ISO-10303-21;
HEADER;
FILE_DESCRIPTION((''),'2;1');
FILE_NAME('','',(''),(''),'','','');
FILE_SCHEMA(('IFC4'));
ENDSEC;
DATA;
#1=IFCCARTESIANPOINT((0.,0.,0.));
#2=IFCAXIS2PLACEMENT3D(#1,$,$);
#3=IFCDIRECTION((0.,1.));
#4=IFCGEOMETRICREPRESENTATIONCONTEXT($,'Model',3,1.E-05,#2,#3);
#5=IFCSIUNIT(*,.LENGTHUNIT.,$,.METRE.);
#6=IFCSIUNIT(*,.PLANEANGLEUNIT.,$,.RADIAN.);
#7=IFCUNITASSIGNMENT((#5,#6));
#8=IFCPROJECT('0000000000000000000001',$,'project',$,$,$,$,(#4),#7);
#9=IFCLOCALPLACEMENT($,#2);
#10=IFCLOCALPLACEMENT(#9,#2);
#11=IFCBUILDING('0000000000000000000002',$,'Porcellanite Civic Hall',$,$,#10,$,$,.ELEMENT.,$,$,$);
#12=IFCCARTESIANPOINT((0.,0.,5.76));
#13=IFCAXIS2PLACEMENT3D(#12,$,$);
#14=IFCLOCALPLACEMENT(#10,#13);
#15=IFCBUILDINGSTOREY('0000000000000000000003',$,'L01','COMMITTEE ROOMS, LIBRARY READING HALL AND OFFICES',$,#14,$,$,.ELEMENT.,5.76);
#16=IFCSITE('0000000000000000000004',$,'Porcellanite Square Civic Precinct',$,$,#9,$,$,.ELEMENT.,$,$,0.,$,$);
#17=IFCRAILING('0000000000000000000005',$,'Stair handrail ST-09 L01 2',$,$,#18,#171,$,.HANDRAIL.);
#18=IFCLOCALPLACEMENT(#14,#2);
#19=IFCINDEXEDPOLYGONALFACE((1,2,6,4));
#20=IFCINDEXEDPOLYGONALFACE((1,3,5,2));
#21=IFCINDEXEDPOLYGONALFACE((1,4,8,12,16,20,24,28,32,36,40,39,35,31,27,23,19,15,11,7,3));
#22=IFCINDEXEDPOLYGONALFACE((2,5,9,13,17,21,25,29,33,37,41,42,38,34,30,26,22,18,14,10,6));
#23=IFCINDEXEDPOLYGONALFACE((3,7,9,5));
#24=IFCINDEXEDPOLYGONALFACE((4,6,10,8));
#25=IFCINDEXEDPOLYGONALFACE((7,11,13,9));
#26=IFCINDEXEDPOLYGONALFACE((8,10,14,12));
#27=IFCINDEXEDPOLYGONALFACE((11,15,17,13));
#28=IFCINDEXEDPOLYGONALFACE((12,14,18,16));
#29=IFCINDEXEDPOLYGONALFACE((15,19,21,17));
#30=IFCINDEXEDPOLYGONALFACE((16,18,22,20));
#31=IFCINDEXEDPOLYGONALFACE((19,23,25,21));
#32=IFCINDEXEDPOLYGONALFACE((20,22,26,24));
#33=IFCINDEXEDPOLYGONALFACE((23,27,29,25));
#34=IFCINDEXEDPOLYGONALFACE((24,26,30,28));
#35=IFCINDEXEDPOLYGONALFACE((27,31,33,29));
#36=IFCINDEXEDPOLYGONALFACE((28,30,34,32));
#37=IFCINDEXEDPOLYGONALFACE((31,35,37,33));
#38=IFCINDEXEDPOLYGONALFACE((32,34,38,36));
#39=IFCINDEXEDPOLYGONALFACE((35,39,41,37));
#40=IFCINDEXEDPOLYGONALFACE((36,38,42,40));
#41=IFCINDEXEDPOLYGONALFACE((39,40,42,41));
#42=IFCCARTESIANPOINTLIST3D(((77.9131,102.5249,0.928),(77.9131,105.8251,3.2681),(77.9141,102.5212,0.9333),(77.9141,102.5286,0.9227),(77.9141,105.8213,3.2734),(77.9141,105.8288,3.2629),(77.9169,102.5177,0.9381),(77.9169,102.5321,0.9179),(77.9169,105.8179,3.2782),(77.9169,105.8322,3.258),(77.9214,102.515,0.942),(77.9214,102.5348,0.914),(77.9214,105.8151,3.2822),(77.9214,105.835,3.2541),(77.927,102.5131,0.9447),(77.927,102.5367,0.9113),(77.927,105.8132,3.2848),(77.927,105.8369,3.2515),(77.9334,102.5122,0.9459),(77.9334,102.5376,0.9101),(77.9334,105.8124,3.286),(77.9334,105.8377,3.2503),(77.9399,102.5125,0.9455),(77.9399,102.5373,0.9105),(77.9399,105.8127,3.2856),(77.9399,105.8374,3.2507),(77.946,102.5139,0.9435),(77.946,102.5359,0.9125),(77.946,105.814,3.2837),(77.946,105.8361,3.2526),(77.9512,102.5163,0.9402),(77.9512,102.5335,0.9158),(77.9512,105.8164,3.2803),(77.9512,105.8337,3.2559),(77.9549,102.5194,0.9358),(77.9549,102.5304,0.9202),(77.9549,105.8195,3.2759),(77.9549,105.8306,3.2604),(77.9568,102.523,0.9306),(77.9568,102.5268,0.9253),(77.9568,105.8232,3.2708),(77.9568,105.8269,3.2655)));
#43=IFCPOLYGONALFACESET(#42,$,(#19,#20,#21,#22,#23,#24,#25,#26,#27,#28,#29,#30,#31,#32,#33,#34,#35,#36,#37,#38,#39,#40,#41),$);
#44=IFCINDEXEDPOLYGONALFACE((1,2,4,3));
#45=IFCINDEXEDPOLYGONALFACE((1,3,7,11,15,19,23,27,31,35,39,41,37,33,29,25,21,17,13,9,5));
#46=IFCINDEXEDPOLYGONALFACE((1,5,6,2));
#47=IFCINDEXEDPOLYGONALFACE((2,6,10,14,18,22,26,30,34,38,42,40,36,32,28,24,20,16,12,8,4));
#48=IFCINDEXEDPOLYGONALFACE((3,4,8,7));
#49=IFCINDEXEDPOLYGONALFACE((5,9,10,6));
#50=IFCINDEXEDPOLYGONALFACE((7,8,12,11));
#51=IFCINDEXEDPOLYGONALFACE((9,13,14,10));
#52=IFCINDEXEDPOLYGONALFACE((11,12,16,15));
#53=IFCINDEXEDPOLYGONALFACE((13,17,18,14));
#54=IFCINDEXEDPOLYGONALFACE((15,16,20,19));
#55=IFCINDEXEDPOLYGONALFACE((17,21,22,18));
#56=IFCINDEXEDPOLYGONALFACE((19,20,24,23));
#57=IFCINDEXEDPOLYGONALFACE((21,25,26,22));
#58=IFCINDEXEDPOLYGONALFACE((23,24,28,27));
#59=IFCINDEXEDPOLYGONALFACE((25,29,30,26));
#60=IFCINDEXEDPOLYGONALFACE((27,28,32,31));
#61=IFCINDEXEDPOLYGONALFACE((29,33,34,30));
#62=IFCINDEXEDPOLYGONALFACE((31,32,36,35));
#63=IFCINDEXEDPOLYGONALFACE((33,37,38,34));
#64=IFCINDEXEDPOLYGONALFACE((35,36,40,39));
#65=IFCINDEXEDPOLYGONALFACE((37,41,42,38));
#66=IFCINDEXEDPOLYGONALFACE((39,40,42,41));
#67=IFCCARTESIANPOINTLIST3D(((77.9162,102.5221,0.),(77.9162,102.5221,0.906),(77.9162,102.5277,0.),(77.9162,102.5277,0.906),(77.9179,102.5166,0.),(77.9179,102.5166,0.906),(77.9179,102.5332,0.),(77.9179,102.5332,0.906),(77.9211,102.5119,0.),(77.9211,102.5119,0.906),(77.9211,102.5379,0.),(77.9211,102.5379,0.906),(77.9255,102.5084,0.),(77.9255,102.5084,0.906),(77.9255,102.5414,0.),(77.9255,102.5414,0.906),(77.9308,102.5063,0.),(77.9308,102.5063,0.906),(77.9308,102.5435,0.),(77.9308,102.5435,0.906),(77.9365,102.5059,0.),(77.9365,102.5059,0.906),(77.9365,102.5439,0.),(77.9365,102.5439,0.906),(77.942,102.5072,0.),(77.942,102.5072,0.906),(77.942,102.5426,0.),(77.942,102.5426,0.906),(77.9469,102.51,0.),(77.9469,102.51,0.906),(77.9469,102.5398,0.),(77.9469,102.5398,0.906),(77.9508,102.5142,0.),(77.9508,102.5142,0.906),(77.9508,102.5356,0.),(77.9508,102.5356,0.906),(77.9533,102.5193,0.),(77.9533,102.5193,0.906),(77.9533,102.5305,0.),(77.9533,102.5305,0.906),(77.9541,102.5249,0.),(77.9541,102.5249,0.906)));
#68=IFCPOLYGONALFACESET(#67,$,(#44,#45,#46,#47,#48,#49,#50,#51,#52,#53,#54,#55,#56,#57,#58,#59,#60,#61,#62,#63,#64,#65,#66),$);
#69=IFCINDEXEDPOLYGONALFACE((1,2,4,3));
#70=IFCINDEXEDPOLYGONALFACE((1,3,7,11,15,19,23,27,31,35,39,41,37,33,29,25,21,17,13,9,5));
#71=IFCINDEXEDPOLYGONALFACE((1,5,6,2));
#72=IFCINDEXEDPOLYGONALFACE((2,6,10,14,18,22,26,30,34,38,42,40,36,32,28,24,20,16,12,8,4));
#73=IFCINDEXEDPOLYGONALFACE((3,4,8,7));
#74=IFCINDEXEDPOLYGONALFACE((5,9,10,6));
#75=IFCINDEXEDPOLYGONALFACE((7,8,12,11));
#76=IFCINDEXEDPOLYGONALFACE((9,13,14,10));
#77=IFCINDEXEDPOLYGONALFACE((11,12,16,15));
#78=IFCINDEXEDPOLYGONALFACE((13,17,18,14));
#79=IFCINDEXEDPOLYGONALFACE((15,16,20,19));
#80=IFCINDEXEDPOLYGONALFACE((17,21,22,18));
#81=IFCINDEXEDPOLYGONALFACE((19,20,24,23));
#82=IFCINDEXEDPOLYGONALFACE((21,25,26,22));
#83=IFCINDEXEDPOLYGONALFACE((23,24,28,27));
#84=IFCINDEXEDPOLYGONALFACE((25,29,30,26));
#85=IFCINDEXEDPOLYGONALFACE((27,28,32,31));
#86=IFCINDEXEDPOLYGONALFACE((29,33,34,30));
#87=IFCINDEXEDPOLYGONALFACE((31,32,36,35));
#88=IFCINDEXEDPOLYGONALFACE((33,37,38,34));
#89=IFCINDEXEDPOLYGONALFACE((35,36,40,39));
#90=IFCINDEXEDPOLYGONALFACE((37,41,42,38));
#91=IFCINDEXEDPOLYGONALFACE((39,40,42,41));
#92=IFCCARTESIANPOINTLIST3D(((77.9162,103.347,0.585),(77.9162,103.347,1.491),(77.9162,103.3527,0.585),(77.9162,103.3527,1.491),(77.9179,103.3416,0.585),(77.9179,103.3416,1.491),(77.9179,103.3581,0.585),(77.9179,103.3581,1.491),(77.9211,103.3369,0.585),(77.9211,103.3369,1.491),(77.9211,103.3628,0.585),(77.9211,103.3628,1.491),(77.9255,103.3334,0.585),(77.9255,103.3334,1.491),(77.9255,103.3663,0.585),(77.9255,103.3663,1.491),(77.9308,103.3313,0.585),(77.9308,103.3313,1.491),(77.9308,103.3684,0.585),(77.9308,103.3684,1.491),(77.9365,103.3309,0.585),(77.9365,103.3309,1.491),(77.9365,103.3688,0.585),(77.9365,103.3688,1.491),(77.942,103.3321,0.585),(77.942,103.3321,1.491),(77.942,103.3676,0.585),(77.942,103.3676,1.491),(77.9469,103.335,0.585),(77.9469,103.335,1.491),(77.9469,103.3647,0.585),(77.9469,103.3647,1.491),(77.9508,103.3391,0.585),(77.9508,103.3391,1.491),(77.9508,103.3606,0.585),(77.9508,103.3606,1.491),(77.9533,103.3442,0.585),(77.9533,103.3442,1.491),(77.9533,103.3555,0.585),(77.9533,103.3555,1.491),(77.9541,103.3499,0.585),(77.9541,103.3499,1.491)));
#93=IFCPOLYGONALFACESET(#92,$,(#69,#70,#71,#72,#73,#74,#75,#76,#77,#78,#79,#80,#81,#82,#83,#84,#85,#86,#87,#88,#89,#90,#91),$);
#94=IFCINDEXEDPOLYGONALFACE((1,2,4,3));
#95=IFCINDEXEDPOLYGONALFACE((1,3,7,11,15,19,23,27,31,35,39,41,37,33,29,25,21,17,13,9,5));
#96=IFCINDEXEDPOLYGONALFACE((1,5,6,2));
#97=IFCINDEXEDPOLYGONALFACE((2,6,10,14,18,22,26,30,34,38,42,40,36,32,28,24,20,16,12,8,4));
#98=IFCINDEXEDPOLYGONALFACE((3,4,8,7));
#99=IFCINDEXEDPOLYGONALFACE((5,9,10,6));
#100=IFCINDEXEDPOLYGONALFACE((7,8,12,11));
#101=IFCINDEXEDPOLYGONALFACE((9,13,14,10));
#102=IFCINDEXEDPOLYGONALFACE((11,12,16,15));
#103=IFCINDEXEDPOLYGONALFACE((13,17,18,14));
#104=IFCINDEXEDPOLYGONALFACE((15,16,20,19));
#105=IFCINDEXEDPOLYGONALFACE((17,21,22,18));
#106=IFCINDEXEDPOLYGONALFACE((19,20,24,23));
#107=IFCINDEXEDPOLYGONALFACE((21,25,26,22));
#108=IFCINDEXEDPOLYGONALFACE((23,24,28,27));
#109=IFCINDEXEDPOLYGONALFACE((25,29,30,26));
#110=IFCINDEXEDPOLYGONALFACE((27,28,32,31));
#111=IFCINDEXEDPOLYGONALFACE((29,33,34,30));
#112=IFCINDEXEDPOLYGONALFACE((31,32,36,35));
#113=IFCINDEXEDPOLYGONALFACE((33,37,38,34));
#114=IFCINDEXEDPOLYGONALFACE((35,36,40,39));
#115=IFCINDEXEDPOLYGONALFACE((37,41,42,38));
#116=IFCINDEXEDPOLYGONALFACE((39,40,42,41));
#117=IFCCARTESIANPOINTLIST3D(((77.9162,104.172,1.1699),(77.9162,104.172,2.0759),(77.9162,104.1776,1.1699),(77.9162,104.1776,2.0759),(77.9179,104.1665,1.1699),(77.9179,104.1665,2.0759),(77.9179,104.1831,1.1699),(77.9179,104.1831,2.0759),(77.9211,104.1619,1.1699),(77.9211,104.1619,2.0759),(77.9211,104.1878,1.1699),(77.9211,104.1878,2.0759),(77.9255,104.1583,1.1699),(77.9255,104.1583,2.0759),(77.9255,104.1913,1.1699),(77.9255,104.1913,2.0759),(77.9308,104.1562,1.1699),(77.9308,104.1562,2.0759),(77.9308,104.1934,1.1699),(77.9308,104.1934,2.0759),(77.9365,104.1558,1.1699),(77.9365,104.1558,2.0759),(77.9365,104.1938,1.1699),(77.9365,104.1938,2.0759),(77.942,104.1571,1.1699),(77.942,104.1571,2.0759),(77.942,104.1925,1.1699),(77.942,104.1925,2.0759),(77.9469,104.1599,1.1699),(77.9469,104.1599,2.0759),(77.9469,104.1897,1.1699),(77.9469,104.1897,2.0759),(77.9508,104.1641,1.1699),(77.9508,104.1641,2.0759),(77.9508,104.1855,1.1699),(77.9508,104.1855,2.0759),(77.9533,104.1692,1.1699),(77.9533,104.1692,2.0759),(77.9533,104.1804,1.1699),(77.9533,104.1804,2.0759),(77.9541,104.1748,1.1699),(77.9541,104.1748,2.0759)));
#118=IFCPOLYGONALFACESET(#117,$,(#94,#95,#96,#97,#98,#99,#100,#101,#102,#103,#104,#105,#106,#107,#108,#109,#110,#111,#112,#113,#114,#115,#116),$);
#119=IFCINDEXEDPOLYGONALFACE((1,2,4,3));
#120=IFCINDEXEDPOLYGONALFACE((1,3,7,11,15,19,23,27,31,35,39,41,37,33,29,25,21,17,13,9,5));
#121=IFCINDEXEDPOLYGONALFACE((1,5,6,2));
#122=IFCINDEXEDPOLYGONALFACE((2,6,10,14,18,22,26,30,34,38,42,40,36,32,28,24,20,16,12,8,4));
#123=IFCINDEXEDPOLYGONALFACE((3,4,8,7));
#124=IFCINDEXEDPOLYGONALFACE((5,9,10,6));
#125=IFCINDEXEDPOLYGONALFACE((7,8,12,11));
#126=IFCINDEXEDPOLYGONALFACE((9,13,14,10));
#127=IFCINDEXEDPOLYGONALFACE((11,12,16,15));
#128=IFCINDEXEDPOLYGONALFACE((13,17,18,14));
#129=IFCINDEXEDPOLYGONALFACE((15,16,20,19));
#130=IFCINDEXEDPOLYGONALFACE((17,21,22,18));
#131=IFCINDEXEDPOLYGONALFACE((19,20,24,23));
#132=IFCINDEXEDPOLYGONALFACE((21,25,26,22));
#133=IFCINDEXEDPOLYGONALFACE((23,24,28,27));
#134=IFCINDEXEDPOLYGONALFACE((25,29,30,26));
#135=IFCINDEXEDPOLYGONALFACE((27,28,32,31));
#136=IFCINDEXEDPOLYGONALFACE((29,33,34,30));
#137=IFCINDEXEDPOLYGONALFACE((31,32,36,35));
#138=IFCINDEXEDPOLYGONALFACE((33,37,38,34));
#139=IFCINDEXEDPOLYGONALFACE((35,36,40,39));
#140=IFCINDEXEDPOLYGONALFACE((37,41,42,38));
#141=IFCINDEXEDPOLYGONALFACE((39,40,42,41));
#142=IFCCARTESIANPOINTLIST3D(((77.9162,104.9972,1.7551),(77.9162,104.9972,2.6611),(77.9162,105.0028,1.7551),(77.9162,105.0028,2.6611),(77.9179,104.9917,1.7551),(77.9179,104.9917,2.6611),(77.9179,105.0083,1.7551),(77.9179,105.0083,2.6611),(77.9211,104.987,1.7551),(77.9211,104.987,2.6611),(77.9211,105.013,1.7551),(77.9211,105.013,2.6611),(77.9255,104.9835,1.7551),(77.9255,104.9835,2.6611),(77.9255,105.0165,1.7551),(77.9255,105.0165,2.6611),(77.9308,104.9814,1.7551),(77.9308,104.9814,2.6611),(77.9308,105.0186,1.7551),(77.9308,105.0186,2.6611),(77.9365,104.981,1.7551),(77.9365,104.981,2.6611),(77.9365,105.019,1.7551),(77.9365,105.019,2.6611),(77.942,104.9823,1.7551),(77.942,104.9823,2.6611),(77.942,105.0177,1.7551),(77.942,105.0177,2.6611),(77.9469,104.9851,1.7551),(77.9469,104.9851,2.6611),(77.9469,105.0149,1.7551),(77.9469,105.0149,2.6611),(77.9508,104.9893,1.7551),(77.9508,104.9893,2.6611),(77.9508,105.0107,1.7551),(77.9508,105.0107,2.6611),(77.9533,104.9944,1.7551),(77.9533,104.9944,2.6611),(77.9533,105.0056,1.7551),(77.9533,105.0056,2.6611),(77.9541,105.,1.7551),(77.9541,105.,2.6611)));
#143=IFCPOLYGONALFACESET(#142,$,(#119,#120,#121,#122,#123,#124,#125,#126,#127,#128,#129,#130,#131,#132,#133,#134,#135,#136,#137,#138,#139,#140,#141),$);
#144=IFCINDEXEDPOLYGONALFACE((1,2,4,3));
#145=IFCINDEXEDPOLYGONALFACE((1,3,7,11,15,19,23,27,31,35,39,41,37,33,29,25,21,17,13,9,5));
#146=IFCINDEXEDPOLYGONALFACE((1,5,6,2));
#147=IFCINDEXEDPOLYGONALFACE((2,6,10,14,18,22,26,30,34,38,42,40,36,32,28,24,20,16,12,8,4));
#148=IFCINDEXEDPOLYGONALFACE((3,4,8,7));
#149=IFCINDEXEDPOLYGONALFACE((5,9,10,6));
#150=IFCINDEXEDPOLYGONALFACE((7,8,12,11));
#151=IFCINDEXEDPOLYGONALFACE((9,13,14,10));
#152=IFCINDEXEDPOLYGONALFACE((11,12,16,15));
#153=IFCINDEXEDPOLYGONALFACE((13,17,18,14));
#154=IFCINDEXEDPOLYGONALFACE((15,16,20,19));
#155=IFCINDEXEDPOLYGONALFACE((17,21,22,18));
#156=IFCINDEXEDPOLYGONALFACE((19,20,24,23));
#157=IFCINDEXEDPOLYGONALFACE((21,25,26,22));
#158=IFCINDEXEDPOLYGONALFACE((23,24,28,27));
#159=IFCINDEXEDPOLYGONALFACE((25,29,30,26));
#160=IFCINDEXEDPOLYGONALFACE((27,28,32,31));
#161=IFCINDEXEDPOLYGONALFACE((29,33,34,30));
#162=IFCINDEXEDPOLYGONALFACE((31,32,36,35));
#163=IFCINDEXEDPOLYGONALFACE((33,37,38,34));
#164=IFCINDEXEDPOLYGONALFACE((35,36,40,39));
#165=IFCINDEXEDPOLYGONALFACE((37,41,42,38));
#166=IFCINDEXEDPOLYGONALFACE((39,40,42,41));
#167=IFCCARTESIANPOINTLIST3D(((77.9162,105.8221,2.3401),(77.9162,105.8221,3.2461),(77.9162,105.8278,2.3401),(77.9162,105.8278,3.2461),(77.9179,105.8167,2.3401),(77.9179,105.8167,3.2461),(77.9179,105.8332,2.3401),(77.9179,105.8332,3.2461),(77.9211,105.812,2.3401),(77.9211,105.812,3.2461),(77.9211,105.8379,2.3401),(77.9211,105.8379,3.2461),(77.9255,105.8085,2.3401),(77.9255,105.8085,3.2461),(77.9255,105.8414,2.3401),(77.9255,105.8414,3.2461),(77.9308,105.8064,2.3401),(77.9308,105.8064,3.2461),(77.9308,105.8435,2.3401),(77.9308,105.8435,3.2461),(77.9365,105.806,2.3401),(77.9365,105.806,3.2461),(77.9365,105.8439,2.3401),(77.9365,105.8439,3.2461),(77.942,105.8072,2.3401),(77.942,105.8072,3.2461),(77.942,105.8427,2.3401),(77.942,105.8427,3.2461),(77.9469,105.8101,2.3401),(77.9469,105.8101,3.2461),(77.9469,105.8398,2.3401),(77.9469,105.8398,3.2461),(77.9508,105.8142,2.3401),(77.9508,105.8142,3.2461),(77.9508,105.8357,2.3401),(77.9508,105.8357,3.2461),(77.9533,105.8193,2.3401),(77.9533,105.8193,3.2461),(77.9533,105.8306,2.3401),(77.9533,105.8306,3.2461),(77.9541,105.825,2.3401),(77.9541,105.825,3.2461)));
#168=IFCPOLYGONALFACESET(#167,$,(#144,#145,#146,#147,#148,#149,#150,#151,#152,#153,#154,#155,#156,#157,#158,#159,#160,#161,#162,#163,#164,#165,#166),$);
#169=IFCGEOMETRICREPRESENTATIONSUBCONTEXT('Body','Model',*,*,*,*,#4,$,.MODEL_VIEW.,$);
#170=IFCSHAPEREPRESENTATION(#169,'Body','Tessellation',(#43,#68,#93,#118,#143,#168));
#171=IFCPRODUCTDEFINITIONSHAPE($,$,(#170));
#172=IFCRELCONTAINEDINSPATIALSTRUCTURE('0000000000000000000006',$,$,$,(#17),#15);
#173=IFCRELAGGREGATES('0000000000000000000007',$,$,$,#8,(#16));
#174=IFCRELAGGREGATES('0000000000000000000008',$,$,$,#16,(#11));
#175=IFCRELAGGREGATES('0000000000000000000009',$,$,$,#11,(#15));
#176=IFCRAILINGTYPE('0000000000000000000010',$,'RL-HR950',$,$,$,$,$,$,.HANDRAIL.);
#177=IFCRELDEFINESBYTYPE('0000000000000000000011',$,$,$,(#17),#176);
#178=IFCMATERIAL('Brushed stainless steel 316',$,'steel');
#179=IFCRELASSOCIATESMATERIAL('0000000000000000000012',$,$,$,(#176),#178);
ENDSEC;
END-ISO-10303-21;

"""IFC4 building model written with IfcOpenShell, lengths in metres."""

from ifc_helpers import new_model, si_unit, direction, frame, origin, origin_2d, place, context, subcontext, project, spatial, circle, extrude, material, type_object, element, save


model = new_model("IFC4")

# Units and contexts
model_context = context("Model", 3, precision=1e-05, world=origin(), true_north=direction((0.0, 1.0)))
body_context = subcontext(model_context, "Body", "Model", "MODEL_VIEW")
ifc_project = project(units=[si_unit("LENGTHUNIT", "METRE"), si_unit("PLANEANGLEUNIT", "RADIAN")], contexts=[model_context])

# Site, building, storey
site_placement = place(None, origin())
site = spatial("IfcSite", under=ifc_project, at=site_placement, Name="Porcellanite Square Civic Precinct", CompositionType="ELEMENT", RefElevation=0.0)
building_placement = place(site_placement, origin())
building = spatial("IfcBuilding", under=site, at=building_placement, Name="Porcellanite Civic Hall", CompositionType="ELEMENT")
storey_placement = place(building_placement, frame((0.0, 0.0, 5.76)))
storey = spatial("IfcBuildingStorey", under=building, at=storey_placement, Name="L01", Description="COMMITTEE ROOMS, LIBRARY READING HALL AND OFFICES", CompositionType="ELEMENT", Elevation=5.76)

# Railing
ifc_material_1 = material(Name="Brushed stainless steel 316", Category="steel")
railing_type_1 = type_object("IfcRailingType", Name="RL-HR950", PredefinedType="HANDRAIL", material=ifc_material_1)
railing_1_placement = place(storey_placement, frame((77.9351, 102.5249, 0.0)))
element("IfcRailing", 1, at=railing_1_placement, inside=storey, type_object=railing_type_1, Name="Stair handrail ST-09 L01 2", PredefinedType="HANDRAIL", context=body_context, shape_type="SweptSolid", body=[
    extrude(circle(Radius=0.022, at=origin_2d()), frame((0.0, 0.0, 0.928), z_axis=(0.0, 0.815727, 0.578438), x_axis=(-1.0, 0.0, 0.0)), (0.0, 0.0, 1.0), 4.0457),
    extrude(circle(Radius=0.019, at=origin_2d()), origin(), (0.0, 0.0, 1.0), 0.906),
    extrude(circle(Radius=0.019, at=origin_2d()), frame((0.0, 0.825, 0.585)), (0.0, 0.0, 1.0), 0.906),
    extrude(circle(Radius=0.019, at=origin_2d()), frame((0.0, 1.6499, 1.1699)), (0.0, 0.0, 1.0), 0.906),
    extrude(circle(Radius=0.019, at=origin_2d()), frame((0.0, 2.4751, 1.7551)), (0.0, 0.0, 1.0), 0.906),
    extrude(circle(Radius=0.019, at=origin_2d()), frame((0.0, 3.3, 2.3401)), (0.0, 0.0, 1.0), 0.906),
])

save(model, "model.ifc")
